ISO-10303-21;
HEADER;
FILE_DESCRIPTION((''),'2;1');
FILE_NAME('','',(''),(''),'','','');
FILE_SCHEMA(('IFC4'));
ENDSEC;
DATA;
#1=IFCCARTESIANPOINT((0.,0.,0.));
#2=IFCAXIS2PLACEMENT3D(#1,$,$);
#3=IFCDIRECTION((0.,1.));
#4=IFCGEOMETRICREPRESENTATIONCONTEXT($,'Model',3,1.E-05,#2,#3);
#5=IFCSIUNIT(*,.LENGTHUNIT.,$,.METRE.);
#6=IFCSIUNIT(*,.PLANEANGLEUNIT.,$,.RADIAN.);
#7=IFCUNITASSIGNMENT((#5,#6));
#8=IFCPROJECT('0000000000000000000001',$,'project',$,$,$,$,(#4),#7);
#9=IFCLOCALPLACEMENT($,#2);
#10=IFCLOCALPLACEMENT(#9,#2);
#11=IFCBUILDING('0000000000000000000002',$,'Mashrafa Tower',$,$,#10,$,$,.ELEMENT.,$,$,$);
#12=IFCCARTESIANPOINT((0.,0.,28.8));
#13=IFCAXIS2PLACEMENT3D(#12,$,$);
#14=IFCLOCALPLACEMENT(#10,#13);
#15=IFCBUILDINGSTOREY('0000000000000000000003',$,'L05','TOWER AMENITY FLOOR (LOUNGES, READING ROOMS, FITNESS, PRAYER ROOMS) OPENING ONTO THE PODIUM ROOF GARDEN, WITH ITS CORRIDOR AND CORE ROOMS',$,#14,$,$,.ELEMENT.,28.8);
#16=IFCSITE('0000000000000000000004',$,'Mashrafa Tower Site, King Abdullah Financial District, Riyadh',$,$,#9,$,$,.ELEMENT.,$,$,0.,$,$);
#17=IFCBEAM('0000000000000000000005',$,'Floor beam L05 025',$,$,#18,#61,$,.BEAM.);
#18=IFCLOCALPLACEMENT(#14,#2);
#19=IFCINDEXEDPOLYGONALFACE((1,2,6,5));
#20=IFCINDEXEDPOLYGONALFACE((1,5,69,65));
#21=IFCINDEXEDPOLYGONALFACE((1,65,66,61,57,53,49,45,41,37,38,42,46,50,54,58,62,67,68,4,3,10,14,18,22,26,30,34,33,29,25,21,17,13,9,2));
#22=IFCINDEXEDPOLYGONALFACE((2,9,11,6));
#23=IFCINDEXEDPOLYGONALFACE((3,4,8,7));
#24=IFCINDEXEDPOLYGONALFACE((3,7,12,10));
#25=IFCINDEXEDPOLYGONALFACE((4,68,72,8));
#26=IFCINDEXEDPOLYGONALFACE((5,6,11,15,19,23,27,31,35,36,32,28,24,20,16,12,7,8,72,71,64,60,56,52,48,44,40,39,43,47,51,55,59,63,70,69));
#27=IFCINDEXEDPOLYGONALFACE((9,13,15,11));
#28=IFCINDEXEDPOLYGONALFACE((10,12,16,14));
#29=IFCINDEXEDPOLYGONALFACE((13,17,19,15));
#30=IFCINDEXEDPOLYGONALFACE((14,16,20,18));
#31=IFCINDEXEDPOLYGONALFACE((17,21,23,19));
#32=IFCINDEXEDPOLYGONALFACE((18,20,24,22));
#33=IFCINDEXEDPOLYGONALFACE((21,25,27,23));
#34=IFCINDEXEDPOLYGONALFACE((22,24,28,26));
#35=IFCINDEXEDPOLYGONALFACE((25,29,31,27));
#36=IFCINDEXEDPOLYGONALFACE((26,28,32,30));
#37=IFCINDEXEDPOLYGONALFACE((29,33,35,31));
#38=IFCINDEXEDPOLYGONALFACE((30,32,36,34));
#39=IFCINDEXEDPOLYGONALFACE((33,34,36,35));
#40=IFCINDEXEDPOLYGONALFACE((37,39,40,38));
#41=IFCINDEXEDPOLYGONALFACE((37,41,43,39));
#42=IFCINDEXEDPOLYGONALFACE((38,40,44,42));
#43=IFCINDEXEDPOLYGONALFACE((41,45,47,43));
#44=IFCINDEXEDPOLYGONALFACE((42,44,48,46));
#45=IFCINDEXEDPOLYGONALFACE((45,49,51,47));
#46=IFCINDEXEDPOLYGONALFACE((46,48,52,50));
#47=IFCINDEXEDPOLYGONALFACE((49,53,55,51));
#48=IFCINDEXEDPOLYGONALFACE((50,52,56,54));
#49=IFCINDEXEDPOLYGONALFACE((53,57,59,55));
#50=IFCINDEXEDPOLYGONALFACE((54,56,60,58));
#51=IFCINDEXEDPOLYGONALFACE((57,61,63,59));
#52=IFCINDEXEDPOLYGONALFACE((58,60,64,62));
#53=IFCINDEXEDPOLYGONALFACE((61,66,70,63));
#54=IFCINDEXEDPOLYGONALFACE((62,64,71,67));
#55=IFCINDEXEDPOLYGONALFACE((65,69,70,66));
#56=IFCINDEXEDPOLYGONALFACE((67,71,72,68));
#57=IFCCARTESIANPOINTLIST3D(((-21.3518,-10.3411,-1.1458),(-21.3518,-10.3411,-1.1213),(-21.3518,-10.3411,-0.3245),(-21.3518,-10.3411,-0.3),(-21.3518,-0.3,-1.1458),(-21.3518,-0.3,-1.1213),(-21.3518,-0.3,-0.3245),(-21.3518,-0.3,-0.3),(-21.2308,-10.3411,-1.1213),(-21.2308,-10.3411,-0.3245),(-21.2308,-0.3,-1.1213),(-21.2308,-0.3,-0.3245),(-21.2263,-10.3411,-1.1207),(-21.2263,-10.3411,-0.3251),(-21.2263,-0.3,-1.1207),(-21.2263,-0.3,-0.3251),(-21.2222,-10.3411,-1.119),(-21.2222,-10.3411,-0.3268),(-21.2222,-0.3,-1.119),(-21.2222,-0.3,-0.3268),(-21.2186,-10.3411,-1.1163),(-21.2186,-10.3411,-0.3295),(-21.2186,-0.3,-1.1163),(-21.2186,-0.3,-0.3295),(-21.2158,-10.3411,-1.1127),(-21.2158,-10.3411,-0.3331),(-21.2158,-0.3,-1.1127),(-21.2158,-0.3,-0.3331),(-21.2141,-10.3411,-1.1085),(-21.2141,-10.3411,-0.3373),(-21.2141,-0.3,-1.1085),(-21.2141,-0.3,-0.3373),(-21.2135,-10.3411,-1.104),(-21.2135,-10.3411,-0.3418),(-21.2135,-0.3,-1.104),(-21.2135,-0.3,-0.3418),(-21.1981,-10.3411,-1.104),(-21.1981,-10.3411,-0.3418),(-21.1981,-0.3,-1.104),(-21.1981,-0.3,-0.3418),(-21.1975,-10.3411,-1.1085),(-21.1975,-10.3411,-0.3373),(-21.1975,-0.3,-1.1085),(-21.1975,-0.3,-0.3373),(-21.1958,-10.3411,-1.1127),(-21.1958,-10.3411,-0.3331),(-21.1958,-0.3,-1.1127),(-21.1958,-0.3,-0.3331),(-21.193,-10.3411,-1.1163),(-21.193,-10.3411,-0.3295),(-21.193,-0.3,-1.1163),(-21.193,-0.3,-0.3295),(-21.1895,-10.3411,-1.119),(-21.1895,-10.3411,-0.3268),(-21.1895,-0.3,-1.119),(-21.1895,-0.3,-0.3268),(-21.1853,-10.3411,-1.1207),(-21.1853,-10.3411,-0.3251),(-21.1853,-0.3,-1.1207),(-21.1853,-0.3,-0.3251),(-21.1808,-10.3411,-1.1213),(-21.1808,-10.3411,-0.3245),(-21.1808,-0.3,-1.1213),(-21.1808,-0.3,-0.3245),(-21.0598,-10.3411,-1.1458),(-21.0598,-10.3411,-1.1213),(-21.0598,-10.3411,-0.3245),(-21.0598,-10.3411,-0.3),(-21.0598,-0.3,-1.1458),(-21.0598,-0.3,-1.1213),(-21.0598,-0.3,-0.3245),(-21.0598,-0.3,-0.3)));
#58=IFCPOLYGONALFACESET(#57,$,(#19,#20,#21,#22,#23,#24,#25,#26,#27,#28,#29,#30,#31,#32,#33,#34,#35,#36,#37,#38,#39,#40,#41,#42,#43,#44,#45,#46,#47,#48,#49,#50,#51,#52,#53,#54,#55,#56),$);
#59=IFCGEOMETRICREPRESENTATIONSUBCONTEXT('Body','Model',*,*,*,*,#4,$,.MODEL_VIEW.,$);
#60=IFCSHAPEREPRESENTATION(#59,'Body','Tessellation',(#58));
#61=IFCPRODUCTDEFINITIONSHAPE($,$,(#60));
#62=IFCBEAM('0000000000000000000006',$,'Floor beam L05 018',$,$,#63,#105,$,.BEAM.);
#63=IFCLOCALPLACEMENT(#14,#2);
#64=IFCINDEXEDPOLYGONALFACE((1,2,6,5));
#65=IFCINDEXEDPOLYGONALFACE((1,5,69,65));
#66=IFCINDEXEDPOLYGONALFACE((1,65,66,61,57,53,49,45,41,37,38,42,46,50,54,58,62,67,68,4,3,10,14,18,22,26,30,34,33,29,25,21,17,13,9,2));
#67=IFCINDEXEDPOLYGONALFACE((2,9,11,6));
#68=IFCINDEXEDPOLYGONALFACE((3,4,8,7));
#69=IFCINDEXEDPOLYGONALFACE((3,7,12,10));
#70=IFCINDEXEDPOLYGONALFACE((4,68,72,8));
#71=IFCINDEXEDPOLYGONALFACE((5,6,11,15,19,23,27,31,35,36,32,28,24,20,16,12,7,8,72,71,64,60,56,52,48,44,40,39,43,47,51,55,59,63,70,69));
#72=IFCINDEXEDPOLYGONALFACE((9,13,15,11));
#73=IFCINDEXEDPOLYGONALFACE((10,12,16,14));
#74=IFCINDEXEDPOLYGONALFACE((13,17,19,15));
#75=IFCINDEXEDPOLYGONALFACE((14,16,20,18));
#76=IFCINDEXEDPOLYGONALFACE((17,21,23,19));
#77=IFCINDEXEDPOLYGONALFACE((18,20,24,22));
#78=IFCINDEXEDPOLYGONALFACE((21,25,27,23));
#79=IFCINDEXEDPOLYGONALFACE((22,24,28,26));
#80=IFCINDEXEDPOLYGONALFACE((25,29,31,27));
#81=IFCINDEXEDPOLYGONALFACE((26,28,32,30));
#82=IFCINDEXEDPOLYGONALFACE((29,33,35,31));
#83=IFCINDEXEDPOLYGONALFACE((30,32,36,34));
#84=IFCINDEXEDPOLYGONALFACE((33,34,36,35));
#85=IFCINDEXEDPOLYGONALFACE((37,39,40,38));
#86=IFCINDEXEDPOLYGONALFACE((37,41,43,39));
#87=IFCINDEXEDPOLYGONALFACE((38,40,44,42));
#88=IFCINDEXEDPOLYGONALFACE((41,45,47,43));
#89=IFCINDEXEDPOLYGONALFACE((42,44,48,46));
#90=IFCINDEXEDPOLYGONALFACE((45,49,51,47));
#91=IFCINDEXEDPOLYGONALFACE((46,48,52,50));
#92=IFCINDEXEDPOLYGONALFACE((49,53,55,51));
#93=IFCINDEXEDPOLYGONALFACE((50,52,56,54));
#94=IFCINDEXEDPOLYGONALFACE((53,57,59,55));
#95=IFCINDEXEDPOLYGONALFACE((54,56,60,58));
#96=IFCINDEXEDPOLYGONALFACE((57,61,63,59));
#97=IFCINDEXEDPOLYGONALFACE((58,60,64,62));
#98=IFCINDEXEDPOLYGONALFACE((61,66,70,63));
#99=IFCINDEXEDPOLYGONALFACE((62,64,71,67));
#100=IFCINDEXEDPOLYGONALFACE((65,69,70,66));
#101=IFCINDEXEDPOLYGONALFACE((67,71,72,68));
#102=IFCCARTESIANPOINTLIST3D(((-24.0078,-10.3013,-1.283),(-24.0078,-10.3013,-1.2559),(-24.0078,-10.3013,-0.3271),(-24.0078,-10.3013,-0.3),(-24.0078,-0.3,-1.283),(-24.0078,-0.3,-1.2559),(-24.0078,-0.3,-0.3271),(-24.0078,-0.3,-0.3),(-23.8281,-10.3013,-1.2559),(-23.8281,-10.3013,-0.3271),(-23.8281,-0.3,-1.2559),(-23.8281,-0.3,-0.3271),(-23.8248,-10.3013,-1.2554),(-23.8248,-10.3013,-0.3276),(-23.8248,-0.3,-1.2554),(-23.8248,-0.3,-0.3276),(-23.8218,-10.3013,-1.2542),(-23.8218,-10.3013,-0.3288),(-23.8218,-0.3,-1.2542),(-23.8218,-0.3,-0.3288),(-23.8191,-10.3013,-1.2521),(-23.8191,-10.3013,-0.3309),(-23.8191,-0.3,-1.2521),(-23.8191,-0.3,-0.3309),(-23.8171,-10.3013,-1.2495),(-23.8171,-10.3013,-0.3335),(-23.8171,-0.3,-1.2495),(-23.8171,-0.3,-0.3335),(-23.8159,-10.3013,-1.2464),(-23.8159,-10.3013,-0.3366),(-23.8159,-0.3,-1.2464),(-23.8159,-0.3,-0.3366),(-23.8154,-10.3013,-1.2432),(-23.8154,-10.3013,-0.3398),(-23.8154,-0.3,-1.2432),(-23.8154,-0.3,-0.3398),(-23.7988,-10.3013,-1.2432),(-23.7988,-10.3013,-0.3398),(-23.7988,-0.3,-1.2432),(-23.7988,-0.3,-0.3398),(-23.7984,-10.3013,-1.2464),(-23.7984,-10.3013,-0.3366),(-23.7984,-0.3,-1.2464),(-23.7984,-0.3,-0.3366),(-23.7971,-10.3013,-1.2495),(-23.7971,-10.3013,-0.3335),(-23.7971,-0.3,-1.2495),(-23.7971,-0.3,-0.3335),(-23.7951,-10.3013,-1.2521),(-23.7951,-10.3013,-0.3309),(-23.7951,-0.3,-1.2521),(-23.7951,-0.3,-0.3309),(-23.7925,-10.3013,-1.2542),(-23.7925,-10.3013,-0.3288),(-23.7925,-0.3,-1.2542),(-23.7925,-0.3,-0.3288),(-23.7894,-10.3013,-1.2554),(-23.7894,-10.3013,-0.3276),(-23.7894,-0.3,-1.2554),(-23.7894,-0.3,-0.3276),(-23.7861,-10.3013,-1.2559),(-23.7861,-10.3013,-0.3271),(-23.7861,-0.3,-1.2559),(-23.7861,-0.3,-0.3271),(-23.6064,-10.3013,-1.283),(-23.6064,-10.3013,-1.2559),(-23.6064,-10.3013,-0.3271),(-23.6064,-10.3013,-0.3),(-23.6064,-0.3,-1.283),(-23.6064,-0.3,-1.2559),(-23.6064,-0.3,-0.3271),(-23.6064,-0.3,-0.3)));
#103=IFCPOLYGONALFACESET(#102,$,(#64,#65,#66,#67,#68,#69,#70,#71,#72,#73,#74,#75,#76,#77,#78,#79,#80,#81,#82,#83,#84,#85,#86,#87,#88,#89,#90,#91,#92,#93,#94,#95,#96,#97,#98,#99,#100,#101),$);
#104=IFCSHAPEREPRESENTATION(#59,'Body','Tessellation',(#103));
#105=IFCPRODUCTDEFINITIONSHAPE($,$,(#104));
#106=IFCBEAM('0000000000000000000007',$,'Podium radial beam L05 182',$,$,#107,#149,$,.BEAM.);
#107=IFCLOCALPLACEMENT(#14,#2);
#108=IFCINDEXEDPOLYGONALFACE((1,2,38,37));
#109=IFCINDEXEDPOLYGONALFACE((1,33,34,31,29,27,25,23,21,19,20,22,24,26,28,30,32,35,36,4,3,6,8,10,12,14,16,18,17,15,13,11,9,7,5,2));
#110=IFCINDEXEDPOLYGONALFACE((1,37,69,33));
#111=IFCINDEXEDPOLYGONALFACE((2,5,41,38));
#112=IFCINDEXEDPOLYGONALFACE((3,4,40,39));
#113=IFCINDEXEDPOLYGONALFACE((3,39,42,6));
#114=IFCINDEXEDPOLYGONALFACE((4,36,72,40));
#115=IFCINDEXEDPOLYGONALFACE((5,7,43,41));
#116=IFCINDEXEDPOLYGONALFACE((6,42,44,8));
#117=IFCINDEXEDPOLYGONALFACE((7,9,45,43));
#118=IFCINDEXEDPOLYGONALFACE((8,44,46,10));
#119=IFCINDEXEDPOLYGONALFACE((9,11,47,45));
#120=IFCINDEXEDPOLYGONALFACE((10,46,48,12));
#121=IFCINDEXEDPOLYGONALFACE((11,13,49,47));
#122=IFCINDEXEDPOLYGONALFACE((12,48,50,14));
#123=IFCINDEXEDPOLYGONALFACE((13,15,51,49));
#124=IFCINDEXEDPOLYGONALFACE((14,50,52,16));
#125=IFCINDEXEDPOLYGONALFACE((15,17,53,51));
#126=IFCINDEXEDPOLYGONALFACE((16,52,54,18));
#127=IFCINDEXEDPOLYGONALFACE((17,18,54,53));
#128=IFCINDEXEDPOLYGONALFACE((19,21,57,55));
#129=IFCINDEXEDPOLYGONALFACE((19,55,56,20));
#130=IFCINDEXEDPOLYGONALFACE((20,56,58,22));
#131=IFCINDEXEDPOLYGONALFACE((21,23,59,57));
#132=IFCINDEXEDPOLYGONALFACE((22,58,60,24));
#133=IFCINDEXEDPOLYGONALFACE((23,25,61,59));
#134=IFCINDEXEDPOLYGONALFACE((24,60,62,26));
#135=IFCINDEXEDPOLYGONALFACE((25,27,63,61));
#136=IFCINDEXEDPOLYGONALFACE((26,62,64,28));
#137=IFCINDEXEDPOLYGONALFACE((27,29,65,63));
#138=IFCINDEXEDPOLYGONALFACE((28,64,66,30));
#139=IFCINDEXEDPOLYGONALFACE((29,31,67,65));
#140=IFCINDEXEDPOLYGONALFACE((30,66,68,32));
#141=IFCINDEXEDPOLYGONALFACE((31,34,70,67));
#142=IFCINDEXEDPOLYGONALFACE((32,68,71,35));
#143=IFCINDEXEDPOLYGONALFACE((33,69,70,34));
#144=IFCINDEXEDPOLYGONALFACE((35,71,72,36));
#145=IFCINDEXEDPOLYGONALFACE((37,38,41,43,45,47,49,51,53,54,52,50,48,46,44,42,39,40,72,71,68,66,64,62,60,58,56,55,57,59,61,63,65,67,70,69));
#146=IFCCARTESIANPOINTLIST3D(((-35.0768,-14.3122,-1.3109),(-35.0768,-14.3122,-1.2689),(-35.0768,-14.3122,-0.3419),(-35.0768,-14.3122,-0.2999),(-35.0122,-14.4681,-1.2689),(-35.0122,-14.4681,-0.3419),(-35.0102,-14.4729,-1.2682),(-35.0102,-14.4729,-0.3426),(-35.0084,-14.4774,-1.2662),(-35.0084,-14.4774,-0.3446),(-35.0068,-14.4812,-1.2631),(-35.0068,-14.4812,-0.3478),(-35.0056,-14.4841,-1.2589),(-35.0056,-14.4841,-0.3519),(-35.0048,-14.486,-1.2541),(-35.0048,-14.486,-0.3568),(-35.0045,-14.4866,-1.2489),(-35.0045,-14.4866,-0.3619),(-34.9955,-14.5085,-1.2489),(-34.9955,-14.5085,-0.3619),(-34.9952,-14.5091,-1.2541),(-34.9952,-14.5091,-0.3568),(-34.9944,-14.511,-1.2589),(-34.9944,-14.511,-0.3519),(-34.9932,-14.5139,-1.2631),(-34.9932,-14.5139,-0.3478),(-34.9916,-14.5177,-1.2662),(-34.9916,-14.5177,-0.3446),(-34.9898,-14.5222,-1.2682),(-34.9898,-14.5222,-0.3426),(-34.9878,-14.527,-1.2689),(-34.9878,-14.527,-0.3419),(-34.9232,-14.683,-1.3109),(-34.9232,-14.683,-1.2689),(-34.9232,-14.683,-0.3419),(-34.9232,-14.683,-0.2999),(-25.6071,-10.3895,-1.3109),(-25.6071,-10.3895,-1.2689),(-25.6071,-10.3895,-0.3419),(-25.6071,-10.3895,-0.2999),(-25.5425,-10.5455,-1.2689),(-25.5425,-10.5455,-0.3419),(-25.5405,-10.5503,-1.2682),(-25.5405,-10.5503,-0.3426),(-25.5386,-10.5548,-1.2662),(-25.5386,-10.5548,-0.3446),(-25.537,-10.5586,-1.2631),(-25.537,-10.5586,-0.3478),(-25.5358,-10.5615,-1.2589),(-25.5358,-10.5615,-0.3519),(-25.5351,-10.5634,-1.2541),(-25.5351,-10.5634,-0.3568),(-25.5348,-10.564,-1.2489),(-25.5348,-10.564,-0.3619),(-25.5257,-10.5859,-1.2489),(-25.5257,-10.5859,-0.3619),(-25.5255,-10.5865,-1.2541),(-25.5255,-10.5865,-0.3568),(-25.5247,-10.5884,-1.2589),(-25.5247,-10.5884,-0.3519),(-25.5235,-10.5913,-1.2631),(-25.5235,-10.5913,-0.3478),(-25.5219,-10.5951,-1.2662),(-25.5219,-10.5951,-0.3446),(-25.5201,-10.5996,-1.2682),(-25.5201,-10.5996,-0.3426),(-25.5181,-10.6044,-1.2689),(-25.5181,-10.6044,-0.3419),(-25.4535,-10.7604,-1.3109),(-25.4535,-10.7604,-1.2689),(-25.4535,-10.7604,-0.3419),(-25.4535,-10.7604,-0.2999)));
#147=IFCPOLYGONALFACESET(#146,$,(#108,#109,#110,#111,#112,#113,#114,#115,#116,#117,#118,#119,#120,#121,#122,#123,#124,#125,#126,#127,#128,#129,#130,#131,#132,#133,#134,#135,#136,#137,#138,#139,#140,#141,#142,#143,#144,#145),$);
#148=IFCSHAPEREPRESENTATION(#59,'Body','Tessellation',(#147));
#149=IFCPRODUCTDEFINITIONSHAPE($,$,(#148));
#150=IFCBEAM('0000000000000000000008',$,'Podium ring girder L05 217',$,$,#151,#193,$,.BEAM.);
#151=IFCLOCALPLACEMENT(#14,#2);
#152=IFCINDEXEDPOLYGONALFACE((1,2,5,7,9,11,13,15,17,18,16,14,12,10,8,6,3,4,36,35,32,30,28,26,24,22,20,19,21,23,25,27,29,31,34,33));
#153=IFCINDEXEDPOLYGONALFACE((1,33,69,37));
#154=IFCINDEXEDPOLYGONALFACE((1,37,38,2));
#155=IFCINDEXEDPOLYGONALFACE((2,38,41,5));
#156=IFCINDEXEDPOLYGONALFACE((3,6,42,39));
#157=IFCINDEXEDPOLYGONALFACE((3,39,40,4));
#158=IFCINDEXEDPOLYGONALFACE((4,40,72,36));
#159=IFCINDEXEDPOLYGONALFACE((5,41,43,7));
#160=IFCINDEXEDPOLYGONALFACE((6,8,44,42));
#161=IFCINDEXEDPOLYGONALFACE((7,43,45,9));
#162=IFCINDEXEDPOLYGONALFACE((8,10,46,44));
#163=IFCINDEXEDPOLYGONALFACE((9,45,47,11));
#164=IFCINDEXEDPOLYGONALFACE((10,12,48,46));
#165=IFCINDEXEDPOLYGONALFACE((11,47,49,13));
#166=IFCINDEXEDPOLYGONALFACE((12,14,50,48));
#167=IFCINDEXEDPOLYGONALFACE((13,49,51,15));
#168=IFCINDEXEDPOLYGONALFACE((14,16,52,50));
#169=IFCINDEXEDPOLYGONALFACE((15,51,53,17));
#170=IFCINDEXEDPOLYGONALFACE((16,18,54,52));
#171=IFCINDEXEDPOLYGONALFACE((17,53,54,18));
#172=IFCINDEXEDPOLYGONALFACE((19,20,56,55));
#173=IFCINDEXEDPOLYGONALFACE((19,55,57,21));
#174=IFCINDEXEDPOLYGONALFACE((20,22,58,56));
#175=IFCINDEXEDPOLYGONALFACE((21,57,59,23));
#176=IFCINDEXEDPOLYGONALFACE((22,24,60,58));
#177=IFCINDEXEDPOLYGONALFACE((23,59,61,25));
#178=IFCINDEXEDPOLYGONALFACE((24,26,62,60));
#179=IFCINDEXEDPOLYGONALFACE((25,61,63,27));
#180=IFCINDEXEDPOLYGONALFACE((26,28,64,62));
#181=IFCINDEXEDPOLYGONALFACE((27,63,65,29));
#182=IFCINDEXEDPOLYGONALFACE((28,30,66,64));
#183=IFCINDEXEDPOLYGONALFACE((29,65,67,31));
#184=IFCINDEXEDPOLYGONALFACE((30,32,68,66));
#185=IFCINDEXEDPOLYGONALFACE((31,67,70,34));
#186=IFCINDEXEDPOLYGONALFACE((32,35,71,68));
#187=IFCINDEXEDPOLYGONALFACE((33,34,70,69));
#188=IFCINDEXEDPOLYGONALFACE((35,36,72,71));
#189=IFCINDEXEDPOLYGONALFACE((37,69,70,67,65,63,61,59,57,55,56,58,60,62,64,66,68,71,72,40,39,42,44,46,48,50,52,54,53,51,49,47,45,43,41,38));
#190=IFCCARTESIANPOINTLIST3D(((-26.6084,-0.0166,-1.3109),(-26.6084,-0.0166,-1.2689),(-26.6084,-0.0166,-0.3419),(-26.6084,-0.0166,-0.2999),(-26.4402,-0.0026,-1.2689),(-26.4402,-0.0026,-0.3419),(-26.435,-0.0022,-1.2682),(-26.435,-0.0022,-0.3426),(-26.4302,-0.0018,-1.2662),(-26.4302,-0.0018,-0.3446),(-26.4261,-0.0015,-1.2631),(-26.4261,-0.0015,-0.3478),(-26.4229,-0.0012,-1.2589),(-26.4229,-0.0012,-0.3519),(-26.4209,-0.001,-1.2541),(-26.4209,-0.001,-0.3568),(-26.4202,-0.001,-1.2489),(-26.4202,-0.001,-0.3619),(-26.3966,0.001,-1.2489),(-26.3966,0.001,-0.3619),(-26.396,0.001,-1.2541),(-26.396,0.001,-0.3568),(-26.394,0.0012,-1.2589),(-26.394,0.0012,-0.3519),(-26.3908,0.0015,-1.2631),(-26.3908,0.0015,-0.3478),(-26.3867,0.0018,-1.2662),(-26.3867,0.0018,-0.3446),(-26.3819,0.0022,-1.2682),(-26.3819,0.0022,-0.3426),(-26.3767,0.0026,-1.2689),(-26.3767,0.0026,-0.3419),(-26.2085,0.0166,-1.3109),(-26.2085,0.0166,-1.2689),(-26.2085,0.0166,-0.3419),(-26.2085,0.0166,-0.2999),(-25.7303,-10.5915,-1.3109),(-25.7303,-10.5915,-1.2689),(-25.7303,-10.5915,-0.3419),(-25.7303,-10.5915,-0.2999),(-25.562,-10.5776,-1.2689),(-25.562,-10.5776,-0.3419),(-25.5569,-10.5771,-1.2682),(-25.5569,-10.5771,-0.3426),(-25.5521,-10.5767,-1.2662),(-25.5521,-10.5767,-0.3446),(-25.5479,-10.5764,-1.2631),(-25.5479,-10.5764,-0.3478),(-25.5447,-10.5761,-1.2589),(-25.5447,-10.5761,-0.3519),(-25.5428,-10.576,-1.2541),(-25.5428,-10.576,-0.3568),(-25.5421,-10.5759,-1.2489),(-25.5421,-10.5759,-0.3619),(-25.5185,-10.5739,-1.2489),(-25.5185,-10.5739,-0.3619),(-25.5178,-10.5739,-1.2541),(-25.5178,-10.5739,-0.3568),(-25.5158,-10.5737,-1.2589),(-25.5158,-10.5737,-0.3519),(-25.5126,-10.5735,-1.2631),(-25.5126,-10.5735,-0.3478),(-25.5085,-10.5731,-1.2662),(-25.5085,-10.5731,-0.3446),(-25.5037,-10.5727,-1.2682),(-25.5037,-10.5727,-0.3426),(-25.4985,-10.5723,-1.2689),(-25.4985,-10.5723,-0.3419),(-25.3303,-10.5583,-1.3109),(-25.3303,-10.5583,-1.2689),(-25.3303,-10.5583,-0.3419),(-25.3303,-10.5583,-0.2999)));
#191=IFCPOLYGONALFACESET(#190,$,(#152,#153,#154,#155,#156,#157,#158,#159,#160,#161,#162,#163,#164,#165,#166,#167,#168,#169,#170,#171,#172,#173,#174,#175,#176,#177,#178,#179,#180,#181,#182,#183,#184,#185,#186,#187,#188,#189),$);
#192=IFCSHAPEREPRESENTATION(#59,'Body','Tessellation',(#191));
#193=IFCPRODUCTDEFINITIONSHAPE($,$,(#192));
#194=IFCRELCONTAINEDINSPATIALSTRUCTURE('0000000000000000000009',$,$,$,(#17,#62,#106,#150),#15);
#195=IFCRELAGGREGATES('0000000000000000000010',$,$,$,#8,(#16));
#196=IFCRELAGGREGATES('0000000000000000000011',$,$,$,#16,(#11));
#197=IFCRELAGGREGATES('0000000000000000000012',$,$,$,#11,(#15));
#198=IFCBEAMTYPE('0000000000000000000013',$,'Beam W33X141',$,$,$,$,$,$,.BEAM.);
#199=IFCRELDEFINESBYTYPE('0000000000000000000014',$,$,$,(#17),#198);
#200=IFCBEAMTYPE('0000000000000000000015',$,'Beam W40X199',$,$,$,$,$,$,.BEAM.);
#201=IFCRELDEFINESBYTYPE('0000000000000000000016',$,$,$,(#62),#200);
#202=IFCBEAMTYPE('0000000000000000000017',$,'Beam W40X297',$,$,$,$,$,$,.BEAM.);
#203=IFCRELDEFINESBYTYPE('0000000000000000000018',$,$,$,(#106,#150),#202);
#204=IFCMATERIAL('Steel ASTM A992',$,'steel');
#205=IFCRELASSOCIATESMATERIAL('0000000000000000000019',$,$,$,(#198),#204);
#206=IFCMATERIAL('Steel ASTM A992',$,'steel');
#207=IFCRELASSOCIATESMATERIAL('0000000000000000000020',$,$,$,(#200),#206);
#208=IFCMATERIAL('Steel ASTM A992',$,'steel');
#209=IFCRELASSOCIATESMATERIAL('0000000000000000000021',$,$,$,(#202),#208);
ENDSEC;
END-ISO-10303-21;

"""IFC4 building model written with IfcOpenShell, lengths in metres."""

from ifc_helpers import new_model, si_unit, direction, frame, origin, origin_2d, place, context, subcontext, project, spatial, i_section, extrude, material, material_profile, profile_set, type_object, element, save


model = new_model("IFC4")

# Units and contexts
model_context = context("Model", 3, precision=1e-05, world=origin(), true_north=direction((0.0, 1.0)))
body_context = subcontext(model_context, "Body", "Model", "MODEL_VIEW")
ifc_project = project(units=[si_unit("LENGTHUNIT", "METRE"), si_unit("PLANEANGLEUNIT", "RADIAN")], contexts=[model_context])

# Site, building, storey
site_placement = place(None, origin())
site = spatial("IfcSite", under=ifc_project, at=site_placement, Name="Mashrafa Tower Site, King Abdullah Financial District, Riyadh", CompositionType="ELEMENT", RefElevation=0.0)
building_placement = place(site_placement, origin())
building = spatial("IfcBuilding", under=site, at=building_placement, Name="Mashrafa Tower", CompositionType="ELEMENT")
storey_placement = place(building_placement, frame((0.0, 0.0, 28.8)))
storey = spatial("IfcBuildingStorey", under=building, at=storey_placement, Name="L05", Description="TOWER AMENITY FLOOR (LOUNGES, READING ROOMS, FITNESS, PRAYER ROOMS) OPENING ONTO THE PODIUM ROOF GARDEN, WITH ITS CORRIDOR AND CORE ROOMS", CompositionType="ELEMENT", Elevation=28.8)

# Beams
ifc_material_1 = material(Name="Steel ASTM A992", Category="steel")
ifc_material_profile_1 = material_profile(ifc_material_1, i_section(OverallWidth=0.292, OverallDepth=0.8457, WebThickness=0.0154, FlangeThickness=0.0244, FilletRadius=0.0173, at=origin_2d()), Name="W33X141")
ifc_profile_set_1 = profile_set([ifc_material_profile_1], Name="Steel ASTM A992")
beam_type_1 = type_object("IfcBeamType", Name="Beam W33X141", PredefinedType="BEAM", material=ifc_profile_set_1)
beam_1_placement = place(storey_placement, frame((-21.2058, -10.3411, -0.7229), z_axis=(0.0, 1.0, 0.0), x_axis=(-1.0, 0.0, 0.0)))
element("IfcBeam", 1, at=beam_1_placement, inside=storey, type_object=beam_type_1, Name="Floor beam L05 025", PredefinedType="BEAM", context=body_context, shape_type="SweptSolid", body=[
    extrude(i_section(OverallWidth=0.292, OverallDepth=0.8457, WebThickness=0.0154, FlangeThickness=0.0244, FilletRadius=0.0173, at=origin_2d()), origin(), (0.0, 0.0, 1.0), 10.041),
])
ifc_material_2 = material(Name="Steel ASTM A992", Category="steel")
ifc_material_profile_2 = material_profile(ifc_material_2, i_section(OverallWidth=0.4014, OverallDepth=0.9829, WebThickness=0.0166, FlangeThickness=0.0271, FilletRadius=0.0127, at=origin_2d()), Name="W40X199")
ifc_profile_set_2 = profile_set([ifc_material_profile_2], Name="Steel ASTM A992")
beam_type_2 = type_object("IfcBeamType", Name="Beam W40X199", PredefinedType="BEAM", material=ifc_profile_set_2)
beam_2_placement = place(storey_placement, frame((-23.8071, -10.3013, -0.7915), z_axis=(0.0, 1.0, 0.0), x_axis=(-1.0, 0.0, 0.0)))
element("IfcBeam", 2, at=beam_2_placement, inside=storey, type_object=beam_type_2, Name="Floor beam L05 018", PredefinedType="BEAM", context=body_context, shape_type="SweptSolid", body=[
    extrude(i_section(OverallWidth=0.4014, OverallDepth=0.9829, WebThickness=0.0166, FlangeThickness=0.0271, FilletRadius=0.0127, at=origin_2d()), origin(), (0.0, 0.0, 1.0), 10.0012),
])
ifc_material_3 = material(Name="Steel ASTM A992", Category="steel")
ifc_material_profile_3 = material_profile(ifc_material_3, i_section(OverallWidth=0.4014, OverallDepth=1.011, WebThickness=0.0237, FlangeThickness=0.042, FilletRadius=0.02, at=origin_2d()), Name="W40X297")
ifc_profile_set_3 = profile_set([ifc_material_profile_3], Name="Steel ASTM A992")
beam_type_3 = type_object("IfcBeamType", Name="Beam W40X297", PredefinedType="BEAM", material=ifc_profile_set_3)
beam_3_placement = place(storey_placement, frame((-25.5303, -10.575, -0.8054), z_axis=(-0.923875, -0.382693, 0.0), x_axis=(0.382693, -0.923875, 0.0)))
element("IfcBeam", 3, at=beam_3_placement, inside=storey, type_object=beam_type_3, Name="Podium radial beam L05 182", PredefinedType="BEAM", context=body_context, shape_type="SweptSolid", body=[
    extrude(i_section(OverallWidth=0.4014, OverallDepth=1.011, WebThickness=0.0237, FlangeThickness=0.042, FilletRadius=0.02, at=origin_2d()), origin(), (0.0, 0.0, 1.0), 10.25),
])
for number, where, z_axis, x_axis, name in (
    (4, (-26.4084, 0.0, -0.8054), (0.082758, -0.99657, 0.0), (0.99657, 0.082758, 0.0), "Podium ring girder L05 217"),
):
    element("IfcBeam", number, at=place(storey_placement, frame(where, z_axis=z_axis, x_axis=x_axis)), inside=storey, type_object=beam_type_3, Name=name, PredefinedType="BEAM", context=body_context, shape_type="SweptSolid", body=[
        extrude(i_section(OverallWidth=0.4014, OverallDepth=1.011, WebThickness=0.0237, FlangeThickness=0.042, FilletRadius=0.02, at=origin_2d()), origin(), (0.0, 0.0, 1.0), 10.6113),
    ])

save(model, "model.ifc")
